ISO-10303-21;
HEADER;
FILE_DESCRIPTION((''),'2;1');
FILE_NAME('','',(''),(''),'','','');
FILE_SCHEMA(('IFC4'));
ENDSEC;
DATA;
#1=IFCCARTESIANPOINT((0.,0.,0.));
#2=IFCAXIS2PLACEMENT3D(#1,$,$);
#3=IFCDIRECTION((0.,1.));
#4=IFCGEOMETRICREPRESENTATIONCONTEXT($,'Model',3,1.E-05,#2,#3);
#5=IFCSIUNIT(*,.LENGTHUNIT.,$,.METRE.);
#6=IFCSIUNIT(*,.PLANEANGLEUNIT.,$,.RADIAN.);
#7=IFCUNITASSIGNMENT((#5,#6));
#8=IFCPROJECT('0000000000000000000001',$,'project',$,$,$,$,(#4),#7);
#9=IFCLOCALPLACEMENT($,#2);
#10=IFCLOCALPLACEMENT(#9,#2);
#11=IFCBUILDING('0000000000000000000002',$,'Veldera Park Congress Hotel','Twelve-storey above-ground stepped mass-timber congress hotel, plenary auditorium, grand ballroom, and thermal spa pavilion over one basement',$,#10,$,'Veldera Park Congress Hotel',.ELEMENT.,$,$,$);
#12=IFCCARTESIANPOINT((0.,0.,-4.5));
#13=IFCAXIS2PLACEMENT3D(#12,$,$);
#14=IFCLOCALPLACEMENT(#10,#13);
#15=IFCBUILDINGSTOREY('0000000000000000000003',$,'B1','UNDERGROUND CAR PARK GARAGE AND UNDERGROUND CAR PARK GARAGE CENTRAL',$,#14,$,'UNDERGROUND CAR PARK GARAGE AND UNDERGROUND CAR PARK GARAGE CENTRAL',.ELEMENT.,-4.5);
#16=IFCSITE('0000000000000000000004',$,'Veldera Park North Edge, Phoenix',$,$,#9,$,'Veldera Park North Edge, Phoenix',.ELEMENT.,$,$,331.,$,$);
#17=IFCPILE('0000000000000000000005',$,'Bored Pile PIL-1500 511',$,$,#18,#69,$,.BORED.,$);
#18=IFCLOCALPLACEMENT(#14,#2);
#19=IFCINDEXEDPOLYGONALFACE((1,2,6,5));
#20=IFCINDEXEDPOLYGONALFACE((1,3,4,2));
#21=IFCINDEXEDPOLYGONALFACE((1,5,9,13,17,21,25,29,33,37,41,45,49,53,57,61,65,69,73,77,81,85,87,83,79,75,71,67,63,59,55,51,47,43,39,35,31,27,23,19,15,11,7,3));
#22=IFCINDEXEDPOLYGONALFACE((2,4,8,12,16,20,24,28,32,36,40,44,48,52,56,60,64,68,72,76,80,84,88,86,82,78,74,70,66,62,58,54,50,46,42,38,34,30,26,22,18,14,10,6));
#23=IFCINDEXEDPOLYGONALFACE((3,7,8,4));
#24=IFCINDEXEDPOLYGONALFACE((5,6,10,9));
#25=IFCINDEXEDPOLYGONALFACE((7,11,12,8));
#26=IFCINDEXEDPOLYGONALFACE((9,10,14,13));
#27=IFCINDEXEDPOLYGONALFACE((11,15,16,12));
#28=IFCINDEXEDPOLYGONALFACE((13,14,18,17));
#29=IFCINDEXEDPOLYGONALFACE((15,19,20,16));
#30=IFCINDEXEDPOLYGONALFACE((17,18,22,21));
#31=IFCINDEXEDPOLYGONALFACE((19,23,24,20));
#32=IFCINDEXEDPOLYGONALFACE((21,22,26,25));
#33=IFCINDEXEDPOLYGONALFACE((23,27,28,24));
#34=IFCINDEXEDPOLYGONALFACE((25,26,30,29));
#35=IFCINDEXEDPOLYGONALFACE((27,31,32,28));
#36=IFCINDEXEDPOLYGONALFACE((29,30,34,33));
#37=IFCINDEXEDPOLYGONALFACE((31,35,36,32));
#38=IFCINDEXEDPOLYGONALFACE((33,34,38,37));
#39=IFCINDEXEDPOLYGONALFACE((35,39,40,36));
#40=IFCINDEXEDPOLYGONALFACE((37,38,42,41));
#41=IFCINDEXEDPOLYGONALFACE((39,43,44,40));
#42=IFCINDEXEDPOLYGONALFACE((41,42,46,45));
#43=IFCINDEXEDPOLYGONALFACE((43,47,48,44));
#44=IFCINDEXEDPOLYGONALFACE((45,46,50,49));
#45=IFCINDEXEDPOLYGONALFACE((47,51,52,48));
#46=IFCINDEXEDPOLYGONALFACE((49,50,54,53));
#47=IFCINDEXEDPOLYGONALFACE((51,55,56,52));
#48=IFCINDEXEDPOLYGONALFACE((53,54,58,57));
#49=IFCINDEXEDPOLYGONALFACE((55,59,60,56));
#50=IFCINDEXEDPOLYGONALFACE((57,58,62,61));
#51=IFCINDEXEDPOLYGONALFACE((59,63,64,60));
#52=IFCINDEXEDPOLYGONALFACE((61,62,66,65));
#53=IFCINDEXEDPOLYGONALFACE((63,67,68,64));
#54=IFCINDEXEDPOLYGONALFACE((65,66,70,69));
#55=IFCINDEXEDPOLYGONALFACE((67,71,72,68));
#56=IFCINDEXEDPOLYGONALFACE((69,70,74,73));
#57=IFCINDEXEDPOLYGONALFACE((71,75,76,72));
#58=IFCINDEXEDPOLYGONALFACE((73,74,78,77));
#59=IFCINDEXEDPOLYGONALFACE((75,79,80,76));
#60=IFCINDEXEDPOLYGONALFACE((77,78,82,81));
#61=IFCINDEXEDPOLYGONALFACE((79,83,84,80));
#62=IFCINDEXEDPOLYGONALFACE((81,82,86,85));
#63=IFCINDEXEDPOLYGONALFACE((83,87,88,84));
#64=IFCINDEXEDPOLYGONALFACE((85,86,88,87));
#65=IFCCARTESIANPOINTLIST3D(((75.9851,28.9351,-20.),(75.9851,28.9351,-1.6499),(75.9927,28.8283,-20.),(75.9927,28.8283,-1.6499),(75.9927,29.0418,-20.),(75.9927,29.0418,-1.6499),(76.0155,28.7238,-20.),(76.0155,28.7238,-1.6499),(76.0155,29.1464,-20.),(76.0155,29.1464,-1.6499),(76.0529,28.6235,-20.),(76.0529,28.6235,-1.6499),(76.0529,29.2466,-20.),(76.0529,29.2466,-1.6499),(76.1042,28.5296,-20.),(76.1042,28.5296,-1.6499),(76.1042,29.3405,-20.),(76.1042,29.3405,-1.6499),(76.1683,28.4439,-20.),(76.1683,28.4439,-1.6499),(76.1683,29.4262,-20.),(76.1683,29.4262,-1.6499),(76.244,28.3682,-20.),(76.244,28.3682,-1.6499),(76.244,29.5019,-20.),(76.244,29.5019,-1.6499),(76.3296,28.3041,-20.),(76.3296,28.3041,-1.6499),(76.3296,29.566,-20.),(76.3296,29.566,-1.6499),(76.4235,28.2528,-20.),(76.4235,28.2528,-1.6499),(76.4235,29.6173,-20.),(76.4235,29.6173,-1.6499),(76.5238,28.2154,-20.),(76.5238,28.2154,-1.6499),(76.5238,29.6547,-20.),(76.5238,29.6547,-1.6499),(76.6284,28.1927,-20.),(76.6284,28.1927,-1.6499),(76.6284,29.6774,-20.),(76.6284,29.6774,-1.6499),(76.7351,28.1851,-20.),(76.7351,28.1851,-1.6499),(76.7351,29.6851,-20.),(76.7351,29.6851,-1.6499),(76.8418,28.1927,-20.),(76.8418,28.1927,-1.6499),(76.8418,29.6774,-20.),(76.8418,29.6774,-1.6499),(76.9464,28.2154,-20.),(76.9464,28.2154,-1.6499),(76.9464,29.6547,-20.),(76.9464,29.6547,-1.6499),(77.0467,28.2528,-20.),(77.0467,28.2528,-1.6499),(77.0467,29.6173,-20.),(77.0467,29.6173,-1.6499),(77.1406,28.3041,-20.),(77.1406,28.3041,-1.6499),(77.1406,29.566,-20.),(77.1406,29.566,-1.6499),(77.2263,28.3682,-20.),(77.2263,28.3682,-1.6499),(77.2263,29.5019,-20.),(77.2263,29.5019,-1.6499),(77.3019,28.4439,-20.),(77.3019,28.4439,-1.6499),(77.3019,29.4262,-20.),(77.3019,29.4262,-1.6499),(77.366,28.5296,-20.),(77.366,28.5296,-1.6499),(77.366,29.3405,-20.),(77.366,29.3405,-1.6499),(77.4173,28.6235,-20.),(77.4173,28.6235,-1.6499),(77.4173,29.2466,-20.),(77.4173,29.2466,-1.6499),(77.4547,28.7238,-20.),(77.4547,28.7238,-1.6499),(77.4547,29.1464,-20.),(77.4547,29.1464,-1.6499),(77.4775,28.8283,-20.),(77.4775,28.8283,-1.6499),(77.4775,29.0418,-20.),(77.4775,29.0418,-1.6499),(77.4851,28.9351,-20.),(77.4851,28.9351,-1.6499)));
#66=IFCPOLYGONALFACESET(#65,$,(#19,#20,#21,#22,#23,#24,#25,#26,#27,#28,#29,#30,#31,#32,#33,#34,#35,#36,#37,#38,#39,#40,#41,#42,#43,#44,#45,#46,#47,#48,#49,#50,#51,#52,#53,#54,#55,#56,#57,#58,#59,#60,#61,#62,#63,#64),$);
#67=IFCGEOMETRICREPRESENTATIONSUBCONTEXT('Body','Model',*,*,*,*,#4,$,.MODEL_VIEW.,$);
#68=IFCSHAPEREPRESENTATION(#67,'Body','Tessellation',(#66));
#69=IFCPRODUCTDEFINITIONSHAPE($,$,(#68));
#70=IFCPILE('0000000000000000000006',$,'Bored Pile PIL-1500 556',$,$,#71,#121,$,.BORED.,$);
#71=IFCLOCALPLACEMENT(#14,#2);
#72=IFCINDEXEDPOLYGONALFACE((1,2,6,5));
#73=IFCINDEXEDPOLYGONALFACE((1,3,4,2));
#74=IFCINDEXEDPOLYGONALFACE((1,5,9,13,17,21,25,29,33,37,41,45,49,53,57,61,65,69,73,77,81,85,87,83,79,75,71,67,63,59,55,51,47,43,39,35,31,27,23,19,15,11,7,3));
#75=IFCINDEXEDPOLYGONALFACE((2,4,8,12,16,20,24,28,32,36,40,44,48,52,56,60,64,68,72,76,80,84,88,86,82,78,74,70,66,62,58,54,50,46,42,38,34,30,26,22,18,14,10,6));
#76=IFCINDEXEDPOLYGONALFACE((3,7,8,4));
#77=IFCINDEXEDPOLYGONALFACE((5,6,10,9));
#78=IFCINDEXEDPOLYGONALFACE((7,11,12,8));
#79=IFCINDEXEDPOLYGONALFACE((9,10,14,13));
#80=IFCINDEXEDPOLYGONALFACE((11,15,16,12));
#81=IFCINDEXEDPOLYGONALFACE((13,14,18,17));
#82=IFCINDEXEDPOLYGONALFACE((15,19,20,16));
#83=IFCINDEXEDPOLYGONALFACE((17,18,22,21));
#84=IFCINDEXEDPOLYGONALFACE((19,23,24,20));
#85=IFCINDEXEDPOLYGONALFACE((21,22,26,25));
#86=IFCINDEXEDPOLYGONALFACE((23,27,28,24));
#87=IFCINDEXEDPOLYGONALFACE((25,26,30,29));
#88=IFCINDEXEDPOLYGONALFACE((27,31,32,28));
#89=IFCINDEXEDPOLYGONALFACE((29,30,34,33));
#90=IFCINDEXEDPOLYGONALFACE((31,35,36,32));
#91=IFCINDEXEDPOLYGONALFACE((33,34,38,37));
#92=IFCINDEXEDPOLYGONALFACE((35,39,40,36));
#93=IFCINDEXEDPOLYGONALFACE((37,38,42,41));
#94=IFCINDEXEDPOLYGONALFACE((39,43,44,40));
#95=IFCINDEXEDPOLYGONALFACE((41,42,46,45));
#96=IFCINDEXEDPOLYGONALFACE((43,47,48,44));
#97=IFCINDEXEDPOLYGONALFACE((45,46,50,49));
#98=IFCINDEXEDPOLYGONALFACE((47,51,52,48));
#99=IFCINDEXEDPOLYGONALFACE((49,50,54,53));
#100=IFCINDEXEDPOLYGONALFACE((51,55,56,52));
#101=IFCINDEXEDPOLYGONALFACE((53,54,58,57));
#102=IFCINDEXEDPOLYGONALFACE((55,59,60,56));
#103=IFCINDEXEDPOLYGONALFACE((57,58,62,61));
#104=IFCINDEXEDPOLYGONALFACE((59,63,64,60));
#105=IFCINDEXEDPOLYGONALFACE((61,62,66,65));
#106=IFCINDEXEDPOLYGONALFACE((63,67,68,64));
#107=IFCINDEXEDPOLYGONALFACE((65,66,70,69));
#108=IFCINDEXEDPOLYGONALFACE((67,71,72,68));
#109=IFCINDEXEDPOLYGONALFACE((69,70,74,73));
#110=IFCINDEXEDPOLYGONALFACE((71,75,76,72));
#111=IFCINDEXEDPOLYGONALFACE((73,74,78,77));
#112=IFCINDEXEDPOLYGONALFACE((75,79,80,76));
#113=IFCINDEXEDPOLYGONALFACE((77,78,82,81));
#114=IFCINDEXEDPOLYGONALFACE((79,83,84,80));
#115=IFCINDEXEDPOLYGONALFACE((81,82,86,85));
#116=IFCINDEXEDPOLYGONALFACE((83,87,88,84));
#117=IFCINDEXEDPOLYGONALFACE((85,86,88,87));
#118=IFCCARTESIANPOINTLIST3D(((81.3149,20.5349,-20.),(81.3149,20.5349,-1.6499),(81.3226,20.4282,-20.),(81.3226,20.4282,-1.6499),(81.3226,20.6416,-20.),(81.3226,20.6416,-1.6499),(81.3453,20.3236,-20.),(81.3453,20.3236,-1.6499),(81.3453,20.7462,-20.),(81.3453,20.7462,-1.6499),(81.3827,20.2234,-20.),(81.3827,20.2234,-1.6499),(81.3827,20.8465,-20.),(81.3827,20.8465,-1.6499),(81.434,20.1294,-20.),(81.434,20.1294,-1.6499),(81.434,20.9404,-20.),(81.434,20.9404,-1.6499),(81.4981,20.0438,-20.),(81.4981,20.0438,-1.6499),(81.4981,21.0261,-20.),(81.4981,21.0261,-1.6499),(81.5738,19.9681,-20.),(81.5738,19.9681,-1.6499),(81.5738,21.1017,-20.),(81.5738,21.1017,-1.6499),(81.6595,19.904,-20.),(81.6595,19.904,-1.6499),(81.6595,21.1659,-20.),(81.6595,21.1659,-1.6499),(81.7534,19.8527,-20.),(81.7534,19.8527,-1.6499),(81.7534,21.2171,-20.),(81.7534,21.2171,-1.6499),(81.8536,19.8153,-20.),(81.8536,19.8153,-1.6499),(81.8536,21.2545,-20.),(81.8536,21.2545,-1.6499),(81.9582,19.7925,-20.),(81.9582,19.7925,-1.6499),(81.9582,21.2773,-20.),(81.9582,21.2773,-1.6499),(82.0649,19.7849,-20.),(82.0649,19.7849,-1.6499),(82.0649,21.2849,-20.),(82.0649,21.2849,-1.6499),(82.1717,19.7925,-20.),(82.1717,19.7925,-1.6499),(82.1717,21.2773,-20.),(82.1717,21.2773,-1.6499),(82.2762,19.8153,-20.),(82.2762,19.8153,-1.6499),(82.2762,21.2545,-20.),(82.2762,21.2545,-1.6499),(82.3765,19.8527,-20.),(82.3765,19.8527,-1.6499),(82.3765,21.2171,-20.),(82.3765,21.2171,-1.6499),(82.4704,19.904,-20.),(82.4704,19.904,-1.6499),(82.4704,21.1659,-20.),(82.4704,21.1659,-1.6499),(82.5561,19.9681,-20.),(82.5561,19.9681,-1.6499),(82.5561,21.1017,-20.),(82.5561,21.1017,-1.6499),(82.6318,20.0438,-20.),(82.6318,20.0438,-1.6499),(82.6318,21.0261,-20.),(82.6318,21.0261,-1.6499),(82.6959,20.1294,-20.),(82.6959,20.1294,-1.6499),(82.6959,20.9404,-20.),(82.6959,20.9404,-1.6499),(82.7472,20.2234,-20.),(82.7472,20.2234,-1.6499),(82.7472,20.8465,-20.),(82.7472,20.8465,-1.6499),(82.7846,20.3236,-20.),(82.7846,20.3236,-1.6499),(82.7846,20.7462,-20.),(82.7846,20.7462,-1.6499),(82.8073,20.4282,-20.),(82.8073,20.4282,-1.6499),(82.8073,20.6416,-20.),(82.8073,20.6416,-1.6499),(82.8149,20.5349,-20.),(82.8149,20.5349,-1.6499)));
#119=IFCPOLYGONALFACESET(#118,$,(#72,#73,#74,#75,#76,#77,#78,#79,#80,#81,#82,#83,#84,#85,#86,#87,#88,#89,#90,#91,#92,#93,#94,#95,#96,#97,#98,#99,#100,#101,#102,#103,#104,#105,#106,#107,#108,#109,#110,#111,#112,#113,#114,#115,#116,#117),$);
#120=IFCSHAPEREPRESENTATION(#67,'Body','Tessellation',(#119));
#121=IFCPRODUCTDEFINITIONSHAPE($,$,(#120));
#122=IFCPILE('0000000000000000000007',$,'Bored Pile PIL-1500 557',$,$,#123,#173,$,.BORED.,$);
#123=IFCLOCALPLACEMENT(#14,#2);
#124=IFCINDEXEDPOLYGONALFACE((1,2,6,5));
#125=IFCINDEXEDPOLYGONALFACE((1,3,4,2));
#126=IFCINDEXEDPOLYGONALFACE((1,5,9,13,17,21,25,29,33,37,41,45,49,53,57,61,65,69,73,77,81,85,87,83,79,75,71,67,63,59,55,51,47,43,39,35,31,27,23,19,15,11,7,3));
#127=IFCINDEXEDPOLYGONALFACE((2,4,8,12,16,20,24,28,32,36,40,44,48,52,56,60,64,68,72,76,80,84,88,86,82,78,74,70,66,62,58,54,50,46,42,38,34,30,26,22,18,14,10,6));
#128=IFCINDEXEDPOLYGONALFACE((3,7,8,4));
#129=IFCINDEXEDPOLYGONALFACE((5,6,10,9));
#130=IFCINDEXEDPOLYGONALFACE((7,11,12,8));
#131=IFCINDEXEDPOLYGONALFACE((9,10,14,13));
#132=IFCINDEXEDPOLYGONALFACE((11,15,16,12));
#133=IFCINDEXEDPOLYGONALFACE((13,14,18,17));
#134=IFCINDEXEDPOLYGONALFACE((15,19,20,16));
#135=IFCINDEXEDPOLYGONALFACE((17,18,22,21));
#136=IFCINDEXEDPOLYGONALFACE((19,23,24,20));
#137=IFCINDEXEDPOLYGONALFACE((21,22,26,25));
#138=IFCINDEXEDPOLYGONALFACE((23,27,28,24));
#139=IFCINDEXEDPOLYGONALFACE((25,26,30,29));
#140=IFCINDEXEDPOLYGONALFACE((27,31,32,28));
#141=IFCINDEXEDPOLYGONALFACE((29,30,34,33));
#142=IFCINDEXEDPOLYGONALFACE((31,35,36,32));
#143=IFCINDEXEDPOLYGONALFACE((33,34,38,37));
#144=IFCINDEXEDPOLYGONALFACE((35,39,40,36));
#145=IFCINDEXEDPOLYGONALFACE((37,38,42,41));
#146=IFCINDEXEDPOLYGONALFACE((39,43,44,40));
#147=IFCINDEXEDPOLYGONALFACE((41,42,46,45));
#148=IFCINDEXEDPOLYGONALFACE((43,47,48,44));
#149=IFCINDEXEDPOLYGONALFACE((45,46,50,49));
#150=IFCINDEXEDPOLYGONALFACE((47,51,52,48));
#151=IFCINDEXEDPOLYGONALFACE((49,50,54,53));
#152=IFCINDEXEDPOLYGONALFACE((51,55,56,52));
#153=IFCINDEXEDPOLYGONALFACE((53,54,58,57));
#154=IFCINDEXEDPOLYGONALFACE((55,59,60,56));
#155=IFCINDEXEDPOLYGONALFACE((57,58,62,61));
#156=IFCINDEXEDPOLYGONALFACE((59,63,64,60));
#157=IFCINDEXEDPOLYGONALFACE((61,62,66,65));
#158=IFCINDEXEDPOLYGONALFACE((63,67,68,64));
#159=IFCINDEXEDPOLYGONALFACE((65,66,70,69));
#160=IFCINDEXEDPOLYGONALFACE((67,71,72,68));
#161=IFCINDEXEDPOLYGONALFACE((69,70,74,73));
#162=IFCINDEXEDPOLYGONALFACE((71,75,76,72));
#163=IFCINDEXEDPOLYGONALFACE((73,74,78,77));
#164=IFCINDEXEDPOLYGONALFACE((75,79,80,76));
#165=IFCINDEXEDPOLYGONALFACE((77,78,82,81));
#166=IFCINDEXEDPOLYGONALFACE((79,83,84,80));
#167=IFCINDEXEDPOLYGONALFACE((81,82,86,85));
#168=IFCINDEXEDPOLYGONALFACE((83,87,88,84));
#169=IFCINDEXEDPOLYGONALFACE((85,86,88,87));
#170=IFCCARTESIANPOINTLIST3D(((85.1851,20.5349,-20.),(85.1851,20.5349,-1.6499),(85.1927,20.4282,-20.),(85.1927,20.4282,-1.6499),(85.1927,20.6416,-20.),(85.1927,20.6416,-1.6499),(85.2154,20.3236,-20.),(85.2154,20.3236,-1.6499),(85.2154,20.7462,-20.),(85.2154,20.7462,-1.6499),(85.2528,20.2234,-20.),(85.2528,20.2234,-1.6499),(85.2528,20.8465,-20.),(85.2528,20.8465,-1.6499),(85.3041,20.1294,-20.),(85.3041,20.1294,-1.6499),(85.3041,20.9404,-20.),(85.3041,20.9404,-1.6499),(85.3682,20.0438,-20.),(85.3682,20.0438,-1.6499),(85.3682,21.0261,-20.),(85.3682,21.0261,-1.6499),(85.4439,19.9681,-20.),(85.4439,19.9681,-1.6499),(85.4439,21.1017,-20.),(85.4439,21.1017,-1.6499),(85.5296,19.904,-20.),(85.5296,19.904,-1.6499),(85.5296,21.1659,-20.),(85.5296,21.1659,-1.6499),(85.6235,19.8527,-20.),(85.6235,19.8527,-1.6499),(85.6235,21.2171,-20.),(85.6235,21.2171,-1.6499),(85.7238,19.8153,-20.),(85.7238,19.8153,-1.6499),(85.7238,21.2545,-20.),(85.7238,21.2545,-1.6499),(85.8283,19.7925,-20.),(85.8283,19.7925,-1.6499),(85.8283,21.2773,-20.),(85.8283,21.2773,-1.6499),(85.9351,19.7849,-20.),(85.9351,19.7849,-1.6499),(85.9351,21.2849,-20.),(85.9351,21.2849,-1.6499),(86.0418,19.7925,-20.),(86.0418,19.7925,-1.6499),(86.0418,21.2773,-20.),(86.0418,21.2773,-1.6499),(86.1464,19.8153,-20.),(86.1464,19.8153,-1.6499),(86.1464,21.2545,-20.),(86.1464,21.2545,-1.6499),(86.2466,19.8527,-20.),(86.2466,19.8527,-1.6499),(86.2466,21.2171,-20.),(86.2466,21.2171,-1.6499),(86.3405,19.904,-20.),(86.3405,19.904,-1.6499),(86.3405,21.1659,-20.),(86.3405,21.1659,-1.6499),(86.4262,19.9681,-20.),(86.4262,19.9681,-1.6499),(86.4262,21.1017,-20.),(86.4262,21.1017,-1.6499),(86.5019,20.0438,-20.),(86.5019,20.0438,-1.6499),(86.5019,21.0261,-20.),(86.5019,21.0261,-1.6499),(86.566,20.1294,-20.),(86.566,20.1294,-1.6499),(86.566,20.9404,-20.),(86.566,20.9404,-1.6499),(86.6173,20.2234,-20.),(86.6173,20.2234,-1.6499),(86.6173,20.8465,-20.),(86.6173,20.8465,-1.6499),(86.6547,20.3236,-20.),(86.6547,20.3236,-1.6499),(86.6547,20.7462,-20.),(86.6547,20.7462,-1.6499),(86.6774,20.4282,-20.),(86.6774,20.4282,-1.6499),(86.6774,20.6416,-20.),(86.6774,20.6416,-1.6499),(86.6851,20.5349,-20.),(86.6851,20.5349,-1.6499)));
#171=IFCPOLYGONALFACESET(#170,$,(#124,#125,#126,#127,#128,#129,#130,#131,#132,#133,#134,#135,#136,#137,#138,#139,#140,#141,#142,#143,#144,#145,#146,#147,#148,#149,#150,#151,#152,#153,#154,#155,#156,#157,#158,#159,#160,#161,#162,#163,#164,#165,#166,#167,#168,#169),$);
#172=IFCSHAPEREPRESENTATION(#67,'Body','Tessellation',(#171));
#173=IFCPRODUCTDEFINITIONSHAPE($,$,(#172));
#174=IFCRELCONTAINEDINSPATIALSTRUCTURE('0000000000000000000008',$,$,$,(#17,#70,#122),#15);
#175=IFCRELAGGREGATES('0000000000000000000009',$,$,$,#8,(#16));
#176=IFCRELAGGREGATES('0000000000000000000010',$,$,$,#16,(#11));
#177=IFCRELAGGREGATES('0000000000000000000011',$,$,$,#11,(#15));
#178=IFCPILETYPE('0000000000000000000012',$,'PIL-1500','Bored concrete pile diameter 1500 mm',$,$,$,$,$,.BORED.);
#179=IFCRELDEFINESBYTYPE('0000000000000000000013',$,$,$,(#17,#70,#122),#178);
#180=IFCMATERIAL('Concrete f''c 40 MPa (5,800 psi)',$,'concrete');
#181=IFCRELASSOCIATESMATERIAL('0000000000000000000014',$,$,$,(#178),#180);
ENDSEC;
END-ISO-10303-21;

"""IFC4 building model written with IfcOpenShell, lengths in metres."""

from ifc_helpers import new_model, si_unit, direction, frame, origin, origin_2d, place, context, subcontext, project, spatial, circle, extrude, material, material_profile, profile_set, type_object, element, save


model = new_model("IFC4")

# Units and contexts
model_context = context("Model", 3, precision=1e-05, world=origin(), true_north=direction((0.0, 1.0)))
body_context = subcontext(model_context, "Body", "Model", "MODEL_VIEW")
ifc_project = project(units=[si_unit("LENGTHUNIT", "METRE"), si_unit("PLANEANGLEUNIT", "RADIAN")], contexts=[model_context])

# Site, building, storey
site_placement = place(None, origin())
site = spatial("IfcSite", under=ifc_project, at=site_placement, Name="Veldera Park North Edge, Phoenix", LongName="Veldera Park North Edge, Phoenix", CompositionType="ELEMENT", RefElevation=331.0)
building_placement = place(site_placement, origin())
building = spatial("IfcBuilding", under=site, at=building_placement, Name="Veldera Park Congress Hotel", Description="Twelve-storey above-ground stepped mass-timber congress hotel, plenary auditorium, grand ballroom, and thermal spa pavilion over one basement", LongName="Veldera Park Congress Hotel", CompositionType="ELEMENT")
storey_placement = place(building_placement, frame((0.0, 0.0, -4.5)))
storey = spatial("IfcBuildingStorey", under=building, at=storey_placement, Name="B1", Description="UNDERGROUND CAR PARK GARAGE AND UNDERGROUND CAR PARK GARAGE CENTRAL", LongName="UNDERGROUND CAR PARK GARAGE AND UNDERGROUND CAR PARK GARAGE CENTRAL", CompositionType="ELEMENT", Elevation=-4.5)

# Shared definitions
ifc_material_1 = material(Name="Concrete f'c 40 MPa (5,800 psi)", Category="concrete")

# Piles
ifc_material_profile_1 = material_profile(ifc_material_1, circle(Radius=0.75, at=origin_2d()), Name="PILE D1500")
ifc_profile_set_1 = profile_set([ifc_material_profile_1], Name="Concrete f'c 40 MPa (5,800 psi)")
pile_type = type_object("IfcPileType", Name="PIL-1500", Description="Bored concrete pile diameter 1500 mm", PredefinedType="BORED", material=ifc_profile_set_1)
for number, where, z_axis, x_axis, name in (
    (1, (76.7351, 28.9351, -1.6499), (0.0, 0.0, -1.0), (1.0, 0.0, 0.0), "Bored Pile PIL-1500 511"),
    (2, (82.0649, 20.5349, -1.6499), (0.0, 0.0, -1.0), (1.0, 0.0, 0.0), "Bored Pile PIL-1500 556"),
    (3, (85.9351, 20.5349, -1.6499), (0.0, 0.0, -1.0), (1.0, 0.0, 0.0), "Bored Pile PIL-1500 557"),
):
    element("IfcPile", number, at=place(storey_placement, frame(where, z_axis=z_axis, x_axis=x_axis)), inside=storey, type_object=pile_type, Name=name, PredefinedType="BORED", context=body_context, shape_type="SweptSolid", body=[
        extrude(circle(Radius=0.75, at=origin_2d()), origin(), (0.0, 0.0, 1.0), 18.3501),
    ])

save(model, "model.ifc")
